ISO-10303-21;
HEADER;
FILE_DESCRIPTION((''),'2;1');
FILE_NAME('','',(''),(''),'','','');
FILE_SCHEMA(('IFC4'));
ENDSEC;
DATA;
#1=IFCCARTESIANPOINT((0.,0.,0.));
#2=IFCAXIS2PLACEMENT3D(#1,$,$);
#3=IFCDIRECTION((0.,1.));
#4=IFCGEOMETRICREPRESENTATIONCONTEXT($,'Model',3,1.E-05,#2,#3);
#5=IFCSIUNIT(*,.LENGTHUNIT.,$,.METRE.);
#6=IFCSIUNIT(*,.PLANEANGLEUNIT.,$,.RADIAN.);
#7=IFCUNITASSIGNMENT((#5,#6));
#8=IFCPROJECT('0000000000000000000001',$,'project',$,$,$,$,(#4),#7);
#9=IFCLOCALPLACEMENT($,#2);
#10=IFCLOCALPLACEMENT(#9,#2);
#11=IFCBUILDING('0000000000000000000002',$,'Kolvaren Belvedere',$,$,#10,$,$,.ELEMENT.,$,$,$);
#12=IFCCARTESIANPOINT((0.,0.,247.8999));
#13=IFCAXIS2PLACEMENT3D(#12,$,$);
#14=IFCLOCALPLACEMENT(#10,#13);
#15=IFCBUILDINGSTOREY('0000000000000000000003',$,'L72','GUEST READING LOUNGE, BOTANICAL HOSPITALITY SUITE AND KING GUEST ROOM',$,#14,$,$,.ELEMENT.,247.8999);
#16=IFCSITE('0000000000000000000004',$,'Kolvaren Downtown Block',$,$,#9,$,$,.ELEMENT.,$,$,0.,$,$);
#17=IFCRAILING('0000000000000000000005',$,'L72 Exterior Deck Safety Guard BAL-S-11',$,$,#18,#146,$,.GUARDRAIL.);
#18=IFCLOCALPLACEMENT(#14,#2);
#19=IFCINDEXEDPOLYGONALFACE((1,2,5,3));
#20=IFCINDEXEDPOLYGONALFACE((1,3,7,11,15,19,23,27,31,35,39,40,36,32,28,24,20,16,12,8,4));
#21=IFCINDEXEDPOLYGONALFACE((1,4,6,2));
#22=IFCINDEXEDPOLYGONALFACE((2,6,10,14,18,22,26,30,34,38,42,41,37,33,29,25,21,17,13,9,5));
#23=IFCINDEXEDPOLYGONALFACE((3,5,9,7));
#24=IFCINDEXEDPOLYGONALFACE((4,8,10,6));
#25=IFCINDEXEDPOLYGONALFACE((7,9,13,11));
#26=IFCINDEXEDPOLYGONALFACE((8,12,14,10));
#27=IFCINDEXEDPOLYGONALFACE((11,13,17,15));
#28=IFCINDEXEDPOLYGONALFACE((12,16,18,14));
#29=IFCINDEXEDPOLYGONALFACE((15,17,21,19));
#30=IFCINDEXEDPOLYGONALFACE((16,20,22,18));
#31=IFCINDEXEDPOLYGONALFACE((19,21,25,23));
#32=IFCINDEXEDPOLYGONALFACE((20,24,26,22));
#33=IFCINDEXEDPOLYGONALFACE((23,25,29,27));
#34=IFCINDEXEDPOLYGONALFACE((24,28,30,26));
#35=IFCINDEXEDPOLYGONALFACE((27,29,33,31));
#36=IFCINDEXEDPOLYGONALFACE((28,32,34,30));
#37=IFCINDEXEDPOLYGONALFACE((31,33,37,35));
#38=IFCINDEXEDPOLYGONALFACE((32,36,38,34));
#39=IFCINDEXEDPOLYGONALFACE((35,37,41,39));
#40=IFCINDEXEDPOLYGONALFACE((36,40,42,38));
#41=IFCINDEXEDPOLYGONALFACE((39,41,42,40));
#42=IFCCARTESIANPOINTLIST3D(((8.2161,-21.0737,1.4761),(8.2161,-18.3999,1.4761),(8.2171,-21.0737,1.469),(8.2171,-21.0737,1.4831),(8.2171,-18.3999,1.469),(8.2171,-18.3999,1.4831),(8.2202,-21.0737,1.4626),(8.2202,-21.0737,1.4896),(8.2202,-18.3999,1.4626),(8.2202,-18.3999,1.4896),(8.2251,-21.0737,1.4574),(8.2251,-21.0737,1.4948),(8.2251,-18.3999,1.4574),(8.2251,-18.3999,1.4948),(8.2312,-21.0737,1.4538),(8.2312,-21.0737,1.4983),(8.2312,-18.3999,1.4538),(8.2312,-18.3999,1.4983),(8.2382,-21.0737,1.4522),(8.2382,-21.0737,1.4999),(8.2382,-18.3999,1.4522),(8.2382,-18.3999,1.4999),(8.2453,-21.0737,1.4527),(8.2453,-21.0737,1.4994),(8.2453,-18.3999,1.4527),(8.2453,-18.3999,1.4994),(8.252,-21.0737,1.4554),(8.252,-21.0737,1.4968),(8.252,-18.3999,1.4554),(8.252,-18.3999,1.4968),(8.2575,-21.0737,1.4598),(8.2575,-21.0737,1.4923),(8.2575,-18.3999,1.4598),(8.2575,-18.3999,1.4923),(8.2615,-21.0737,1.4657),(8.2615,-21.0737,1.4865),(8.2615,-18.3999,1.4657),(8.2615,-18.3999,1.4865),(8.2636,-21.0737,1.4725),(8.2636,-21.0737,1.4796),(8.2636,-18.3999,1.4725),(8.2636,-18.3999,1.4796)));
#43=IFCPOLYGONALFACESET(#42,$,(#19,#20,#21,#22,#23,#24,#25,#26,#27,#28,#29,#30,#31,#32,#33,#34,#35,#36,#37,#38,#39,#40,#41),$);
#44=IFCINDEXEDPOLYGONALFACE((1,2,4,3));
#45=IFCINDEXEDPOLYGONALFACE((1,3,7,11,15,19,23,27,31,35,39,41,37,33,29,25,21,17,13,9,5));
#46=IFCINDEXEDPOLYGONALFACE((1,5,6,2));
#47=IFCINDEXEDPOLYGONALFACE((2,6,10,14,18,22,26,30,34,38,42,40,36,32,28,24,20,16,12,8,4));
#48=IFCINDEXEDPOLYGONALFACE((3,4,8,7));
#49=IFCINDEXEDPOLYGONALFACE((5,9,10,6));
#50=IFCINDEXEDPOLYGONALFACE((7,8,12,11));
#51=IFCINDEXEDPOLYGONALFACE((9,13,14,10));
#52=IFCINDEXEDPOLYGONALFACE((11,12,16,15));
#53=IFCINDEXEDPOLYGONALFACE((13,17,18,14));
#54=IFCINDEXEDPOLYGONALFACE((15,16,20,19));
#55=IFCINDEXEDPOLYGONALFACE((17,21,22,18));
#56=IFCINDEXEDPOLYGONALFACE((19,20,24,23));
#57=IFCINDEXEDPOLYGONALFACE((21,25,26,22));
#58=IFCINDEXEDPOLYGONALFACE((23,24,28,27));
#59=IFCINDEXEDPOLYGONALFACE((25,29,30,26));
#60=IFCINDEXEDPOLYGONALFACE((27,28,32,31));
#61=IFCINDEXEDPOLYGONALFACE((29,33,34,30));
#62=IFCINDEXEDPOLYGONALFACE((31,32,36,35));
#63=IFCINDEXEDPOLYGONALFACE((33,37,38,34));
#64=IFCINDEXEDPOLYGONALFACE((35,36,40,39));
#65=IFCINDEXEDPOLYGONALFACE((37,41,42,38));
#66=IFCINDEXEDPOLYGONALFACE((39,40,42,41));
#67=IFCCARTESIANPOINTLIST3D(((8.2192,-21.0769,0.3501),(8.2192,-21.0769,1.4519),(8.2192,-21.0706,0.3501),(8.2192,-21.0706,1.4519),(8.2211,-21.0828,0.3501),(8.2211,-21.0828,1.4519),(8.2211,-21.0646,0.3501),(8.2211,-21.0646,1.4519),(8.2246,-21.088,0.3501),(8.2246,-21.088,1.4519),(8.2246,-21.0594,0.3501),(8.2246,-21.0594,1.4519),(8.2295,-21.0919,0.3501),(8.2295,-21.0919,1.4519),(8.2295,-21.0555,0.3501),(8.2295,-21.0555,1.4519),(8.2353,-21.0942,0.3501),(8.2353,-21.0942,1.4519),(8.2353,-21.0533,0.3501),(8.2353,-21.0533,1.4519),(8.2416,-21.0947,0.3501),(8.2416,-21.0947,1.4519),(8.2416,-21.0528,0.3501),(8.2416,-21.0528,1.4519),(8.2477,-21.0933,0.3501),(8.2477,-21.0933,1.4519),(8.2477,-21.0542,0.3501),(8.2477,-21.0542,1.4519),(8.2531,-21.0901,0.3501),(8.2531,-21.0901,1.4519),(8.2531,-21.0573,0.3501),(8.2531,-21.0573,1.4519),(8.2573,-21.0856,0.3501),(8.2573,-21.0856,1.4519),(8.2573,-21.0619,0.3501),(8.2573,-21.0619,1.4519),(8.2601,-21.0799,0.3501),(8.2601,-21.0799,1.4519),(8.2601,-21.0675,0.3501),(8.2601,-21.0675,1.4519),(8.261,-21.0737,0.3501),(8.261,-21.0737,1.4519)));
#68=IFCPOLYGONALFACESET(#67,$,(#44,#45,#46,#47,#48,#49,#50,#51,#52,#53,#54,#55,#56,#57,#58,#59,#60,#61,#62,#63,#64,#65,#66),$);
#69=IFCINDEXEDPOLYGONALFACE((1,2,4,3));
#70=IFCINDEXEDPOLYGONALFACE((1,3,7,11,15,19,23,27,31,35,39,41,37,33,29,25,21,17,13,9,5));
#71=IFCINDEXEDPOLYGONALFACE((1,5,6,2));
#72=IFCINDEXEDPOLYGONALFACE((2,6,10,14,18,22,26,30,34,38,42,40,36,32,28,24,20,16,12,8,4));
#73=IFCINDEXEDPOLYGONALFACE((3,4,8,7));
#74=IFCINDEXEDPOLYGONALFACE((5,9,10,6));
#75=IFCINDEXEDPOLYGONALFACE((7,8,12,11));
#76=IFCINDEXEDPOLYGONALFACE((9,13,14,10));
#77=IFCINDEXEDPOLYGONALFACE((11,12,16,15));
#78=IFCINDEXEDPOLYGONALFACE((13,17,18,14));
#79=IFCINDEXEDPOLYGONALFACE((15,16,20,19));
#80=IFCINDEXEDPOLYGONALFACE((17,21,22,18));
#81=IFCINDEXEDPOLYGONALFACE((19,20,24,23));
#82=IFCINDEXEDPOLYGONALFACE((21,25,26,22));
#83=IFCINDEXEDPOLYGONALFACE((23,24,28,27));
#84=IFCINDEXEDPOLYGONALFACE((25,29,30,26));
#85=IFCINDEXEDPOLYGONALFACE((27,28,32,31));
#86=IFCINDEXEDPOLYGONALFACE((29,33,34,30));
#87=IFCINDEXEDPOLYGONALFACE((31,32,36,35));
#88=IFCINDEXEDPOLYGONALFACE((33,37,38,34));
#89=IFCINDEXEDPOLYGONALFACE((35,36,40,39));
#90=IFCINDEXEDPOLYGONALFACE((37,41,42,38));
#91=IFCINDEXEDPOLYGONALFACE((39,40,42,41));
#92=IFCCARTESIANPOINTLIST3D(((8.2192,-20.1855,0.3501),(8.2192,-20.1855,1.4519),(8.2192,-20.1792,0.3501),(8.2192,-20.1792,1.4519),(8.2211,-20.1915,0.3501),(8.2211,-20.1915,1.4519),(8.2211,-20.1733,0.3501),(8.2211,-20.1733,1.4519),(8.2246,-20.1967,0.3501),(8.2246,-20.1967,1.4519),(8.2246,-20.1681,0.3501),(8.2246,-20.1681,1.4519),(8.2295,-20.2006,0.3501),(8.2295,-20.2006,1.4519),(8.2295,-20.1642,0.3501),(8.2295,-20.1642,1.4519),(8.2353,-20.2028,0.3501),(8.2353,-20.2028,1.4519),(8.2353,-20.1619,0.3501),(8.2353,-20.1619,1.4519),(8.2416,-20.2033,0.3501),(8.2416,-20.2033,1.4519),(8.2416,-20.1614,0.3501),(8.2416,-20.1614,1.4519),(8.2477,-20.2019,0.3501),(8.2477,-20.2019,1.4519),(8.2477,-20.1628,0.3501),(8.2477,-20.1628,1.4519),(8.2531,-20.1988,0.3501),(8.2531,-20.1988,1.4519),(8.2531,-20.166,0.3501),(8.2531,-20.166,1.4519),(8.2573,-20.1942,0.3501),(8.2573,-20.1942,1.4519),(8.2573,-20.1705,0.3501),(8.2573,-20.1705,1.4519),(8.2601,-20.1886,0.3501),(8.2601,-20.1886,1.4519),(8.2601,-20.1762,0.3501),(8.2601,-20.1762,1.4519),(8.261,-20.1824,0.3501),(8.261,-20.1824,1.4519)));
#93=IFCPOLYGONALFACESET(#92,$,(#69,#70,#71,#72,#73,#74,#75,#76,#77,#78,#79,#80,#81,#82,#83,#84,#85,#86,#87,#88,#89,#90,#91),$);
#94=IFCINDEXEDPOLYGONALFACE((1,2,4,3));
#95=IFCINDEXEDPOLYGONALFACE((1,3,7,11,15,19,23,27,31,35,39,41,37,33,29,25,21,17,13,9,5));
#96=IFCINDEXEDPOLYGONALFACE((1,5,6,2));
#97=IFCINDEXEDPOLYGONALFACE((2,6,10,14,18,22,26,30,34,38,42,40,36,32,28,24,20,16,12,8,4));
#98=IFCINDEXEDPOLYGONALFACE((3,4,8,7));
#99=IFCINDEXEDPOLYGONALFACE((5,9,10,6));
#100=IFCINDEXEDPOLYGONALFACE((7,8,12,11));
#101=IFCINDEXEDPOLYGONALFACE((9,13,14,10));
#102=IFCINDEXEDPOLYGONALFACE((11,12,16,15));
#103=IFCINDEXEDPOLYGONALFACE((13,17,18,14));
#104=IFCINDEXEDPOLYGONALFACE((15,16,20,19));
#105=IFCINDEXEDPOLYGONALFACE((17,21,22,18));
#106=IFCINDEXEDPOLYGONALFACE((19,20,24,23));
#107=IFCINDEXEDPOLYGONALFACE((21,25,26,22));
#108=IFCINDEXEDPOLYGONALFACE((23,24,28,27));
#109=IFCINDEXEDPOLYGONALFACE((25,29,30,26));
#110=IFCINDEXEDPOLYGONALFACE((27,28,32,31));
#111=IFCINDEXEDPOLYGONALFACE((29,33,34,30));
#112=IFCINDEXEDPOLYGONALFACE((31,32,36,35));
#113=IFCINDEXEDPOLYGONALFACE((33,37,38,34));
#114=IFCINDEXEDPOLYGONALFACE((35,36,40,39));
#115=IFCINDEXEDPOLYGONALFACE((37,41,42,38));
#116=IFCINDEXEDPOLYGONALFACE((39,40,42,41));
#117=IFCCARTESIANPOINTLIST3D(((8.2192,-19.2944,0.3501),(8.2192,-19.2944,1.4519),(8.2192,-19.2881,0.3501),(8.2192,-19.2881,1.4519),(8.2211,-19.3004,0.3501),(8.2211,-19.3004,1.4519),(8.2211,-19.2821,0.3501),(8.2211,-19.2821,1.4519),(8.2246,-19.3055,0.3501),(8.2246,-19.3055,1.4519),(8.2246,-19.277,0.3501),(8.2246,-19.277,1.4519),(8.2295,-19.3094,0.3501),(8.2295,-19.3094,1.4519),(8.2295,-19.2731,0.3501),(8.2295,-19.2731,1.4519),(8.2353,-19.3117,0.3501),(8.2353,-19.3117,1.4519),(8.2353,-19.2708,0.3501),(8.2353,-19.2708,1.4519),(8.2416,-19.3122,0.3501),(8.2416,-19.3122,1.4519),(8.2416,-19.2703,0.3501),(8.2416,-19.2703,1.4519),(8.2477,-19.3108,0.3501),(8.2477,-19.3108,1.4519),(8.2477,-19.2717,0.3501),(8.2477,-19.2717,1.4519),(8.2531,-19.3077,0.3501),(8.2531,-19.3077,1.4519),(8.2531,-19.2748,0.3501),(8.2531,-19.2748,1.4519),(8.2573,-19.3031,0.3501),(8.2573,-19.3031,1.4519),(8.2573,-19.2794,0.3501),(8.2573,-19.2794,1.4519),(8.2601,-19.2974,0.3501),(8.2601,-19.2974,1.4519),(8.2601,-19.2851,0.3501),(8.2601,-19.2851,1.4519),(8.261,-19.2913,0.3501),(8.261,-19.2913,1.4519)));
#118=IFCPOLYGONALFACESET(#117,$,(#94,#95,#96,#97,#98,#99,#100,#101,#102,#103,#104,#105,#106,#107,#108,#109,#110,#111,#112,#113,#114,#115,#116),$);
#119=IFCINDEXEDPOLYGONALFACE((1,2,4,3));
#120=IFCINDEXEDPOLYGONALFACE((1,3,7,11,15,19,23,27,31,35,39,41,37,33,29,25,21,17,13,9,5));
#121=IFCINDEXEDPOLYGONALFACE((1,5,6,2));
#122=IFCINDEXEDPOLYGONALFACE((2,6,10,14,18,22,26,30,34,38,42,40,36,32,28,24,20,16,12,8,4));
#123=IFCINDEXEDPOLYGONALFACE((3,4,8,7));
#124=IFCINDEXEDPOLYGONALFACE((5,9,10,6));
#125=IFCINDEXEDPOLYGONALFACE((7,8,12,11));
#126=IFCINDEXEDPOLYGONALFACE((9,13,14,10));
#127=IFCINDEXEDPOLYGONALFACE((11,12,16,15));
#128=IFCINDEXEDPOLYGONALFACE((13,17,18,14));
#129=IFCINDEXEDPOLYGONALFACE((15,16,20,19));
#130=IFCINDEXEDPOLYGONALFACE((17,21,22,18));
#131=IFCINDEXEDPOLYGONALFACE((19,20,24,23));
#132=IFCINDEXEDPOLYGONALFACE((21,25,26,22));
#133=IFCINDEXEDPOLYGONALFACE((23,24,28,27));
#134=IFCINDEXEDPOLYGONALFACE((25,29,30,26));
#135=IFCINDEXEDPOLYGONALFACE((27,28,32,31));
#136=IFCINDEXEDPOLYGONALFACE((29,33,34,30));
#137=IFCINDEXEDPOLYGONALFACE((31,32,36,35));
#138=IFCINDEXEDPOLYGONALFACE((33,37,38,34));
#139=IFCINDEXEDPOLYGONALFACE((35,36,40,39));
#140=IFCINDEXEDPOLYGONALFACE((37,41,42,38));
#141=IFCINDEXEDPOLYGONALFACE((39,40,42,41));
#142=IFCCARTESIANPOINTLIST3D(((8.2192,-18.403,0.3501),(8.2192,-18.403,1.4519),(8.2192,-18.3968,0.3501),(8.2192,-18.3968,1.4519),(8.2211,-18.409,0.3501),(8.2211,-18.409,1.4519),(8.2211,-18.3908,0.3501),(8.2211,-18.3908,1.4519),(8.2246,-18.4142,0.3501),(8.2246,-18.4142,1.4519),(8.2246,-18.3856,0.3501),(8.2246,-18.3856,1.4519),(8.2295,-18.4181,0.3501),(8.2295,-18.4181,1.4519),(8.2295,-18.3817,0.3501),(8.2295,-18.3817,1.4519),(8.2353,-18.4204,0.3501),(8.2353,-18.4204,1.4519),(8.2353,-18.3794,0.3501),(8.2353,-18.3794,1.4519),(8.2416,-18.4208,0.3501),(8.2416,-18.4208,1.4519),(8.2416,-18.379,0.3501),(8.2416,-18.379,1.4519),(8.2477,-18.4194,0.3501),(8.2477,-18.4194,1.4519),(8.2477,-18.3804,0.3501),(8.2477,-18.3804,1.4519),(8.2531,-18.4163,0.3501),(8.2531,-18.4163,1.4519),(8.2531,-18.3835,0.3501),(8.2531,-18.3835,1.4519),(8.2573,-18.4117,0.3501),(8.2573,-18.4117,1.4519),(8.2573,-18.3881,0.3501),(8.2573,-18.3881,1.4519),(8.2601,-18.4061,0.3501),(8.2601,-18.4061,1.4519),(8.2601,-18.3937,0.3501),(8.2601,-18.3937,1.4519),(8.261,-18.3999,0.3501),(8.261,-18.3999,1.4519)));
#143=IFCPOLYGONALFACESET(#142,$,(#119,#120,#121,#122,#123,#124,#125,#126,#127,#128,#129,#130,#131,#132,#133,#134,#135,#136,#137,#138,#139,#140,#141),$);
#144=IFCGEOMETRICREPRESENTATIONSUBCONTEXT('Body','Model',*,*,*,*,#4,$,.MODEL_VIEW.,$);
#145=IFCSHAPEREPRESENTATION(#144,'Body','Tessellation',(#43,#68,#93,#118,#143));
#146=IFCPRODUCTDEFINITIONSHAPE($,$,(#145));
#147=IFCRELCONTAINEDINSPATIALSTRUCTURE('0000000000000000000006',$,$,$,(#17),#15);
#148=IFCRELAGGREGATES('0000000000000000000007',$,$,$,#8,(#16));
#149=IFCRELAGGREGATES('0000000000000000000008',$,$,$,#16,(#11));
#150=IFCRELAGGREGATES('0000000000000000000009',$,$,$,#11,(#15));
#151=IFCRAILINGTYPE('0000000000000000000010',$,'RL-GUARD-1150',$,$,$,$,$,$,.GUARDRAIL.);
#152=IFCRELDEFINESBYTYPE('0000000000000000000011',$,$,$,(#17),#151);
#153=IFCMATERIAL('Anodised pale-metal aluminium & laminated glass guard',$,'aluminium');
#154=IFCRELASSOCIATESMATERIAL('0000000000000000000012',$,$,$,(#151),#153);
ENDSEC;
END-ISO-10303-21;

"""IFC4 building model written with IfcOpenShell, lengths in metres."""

from ifc_helpers import new_model, si_unit, direction, frame, origin, origin_2d, place, context, subcontext, project, spatial, circle, extrude, material, type_object, element, save


model = new_model("IFC4")

# Units and contexts
model_context = context("Model", 3, precision=1e-05, world=origin(), true_north=direction((0.0, 1.0)))
body_context = subcontext(model_context, "Body", "Model", "MODEL_VIEW")
ifc_project = project(units=[si_unit("LENGTHUNIT", "METRE"), si_unit("PLANEANGLEUNIT", "RADIAN")], contexts=[model_context])

# Site, building, storey
site_placement = place(None, origin())
site = spatial("IfcSite", under=ifc_project, at=site_placement, Name="Kolvaren Downtown Block", CompositionType="ELEMENT", RefElevation=0.0)
building_placement = place(site_placement, origin())
building = spatial("IfcBuilding", under=site, at=building_placement, Name="Kolvaren Belvedere", CompositionType="ELEMENT")
storey_placement = place(building_placement, frame((0.0, 0.0, 247.8999)))
storey = spatial("IfcBuildingStorey", under=building, at=storey_placement, Name="L72", Description="GUEST READING LOUNGE, BOTANICAL HOSPITALITY SUITE AND KING GUEST ROOM", CompositionType="ELEMENT", Elevation=247.8999)

# Railing
ifc_material_1 = material(Name="Anodised pale-metal aluminium & laminated glass guard", Category="aluminium")
railing_type = type_object("IfcRailingType", Name="RL-GUARD-1150", PredefinedType="GUARDRAIL", material=ifc_material_1)
railing_1_placement = place(storey_placement, frame((8.24, -21.0737, 0.3501)))
element("IfcRailing", 1, at=railing_1_placement, inside=storey, type_object=railing_type, Name="L72 Exterior Deck Safety Guard BAL-S-11", PredefinedType="GUARDRAIL", context=body_context, shape_type="SweptSolid", body=[
    extrude(circle(Radius=0.0239, at=origin_2d()), frame((0.0, 0.0, 1.126), z_axis=(0.0, 1.0, 0.0), x_axis=(-1.0, 0.0, 0.0)), (0.0, 0.0, 1.0), 2.6738),
    extrude(circle(Radius=0.021, at=origin_2d()), origin(), (0.0, 0.0, 1.0), 1.1018),
    extrude(circle(Radius=0.021, at=origin_2d()), frame((0.0, 0.8914, 0.0)), (0.0, 0.0, 1.0), 1.1018),
    extrude(circle(Radius=0.021, at=origin_2d()), frame((0.0, 1.7825, 0.0)), (0.0, 0.0, 1.0), 1.1018),
    extrude(circle(Radius=0.021, at=origin_2d()), frame((0.0, 2.6738, 0.0)), (0.0, 0.0, 1.0), 1.1018),
])

save(model, "model.ifc")
